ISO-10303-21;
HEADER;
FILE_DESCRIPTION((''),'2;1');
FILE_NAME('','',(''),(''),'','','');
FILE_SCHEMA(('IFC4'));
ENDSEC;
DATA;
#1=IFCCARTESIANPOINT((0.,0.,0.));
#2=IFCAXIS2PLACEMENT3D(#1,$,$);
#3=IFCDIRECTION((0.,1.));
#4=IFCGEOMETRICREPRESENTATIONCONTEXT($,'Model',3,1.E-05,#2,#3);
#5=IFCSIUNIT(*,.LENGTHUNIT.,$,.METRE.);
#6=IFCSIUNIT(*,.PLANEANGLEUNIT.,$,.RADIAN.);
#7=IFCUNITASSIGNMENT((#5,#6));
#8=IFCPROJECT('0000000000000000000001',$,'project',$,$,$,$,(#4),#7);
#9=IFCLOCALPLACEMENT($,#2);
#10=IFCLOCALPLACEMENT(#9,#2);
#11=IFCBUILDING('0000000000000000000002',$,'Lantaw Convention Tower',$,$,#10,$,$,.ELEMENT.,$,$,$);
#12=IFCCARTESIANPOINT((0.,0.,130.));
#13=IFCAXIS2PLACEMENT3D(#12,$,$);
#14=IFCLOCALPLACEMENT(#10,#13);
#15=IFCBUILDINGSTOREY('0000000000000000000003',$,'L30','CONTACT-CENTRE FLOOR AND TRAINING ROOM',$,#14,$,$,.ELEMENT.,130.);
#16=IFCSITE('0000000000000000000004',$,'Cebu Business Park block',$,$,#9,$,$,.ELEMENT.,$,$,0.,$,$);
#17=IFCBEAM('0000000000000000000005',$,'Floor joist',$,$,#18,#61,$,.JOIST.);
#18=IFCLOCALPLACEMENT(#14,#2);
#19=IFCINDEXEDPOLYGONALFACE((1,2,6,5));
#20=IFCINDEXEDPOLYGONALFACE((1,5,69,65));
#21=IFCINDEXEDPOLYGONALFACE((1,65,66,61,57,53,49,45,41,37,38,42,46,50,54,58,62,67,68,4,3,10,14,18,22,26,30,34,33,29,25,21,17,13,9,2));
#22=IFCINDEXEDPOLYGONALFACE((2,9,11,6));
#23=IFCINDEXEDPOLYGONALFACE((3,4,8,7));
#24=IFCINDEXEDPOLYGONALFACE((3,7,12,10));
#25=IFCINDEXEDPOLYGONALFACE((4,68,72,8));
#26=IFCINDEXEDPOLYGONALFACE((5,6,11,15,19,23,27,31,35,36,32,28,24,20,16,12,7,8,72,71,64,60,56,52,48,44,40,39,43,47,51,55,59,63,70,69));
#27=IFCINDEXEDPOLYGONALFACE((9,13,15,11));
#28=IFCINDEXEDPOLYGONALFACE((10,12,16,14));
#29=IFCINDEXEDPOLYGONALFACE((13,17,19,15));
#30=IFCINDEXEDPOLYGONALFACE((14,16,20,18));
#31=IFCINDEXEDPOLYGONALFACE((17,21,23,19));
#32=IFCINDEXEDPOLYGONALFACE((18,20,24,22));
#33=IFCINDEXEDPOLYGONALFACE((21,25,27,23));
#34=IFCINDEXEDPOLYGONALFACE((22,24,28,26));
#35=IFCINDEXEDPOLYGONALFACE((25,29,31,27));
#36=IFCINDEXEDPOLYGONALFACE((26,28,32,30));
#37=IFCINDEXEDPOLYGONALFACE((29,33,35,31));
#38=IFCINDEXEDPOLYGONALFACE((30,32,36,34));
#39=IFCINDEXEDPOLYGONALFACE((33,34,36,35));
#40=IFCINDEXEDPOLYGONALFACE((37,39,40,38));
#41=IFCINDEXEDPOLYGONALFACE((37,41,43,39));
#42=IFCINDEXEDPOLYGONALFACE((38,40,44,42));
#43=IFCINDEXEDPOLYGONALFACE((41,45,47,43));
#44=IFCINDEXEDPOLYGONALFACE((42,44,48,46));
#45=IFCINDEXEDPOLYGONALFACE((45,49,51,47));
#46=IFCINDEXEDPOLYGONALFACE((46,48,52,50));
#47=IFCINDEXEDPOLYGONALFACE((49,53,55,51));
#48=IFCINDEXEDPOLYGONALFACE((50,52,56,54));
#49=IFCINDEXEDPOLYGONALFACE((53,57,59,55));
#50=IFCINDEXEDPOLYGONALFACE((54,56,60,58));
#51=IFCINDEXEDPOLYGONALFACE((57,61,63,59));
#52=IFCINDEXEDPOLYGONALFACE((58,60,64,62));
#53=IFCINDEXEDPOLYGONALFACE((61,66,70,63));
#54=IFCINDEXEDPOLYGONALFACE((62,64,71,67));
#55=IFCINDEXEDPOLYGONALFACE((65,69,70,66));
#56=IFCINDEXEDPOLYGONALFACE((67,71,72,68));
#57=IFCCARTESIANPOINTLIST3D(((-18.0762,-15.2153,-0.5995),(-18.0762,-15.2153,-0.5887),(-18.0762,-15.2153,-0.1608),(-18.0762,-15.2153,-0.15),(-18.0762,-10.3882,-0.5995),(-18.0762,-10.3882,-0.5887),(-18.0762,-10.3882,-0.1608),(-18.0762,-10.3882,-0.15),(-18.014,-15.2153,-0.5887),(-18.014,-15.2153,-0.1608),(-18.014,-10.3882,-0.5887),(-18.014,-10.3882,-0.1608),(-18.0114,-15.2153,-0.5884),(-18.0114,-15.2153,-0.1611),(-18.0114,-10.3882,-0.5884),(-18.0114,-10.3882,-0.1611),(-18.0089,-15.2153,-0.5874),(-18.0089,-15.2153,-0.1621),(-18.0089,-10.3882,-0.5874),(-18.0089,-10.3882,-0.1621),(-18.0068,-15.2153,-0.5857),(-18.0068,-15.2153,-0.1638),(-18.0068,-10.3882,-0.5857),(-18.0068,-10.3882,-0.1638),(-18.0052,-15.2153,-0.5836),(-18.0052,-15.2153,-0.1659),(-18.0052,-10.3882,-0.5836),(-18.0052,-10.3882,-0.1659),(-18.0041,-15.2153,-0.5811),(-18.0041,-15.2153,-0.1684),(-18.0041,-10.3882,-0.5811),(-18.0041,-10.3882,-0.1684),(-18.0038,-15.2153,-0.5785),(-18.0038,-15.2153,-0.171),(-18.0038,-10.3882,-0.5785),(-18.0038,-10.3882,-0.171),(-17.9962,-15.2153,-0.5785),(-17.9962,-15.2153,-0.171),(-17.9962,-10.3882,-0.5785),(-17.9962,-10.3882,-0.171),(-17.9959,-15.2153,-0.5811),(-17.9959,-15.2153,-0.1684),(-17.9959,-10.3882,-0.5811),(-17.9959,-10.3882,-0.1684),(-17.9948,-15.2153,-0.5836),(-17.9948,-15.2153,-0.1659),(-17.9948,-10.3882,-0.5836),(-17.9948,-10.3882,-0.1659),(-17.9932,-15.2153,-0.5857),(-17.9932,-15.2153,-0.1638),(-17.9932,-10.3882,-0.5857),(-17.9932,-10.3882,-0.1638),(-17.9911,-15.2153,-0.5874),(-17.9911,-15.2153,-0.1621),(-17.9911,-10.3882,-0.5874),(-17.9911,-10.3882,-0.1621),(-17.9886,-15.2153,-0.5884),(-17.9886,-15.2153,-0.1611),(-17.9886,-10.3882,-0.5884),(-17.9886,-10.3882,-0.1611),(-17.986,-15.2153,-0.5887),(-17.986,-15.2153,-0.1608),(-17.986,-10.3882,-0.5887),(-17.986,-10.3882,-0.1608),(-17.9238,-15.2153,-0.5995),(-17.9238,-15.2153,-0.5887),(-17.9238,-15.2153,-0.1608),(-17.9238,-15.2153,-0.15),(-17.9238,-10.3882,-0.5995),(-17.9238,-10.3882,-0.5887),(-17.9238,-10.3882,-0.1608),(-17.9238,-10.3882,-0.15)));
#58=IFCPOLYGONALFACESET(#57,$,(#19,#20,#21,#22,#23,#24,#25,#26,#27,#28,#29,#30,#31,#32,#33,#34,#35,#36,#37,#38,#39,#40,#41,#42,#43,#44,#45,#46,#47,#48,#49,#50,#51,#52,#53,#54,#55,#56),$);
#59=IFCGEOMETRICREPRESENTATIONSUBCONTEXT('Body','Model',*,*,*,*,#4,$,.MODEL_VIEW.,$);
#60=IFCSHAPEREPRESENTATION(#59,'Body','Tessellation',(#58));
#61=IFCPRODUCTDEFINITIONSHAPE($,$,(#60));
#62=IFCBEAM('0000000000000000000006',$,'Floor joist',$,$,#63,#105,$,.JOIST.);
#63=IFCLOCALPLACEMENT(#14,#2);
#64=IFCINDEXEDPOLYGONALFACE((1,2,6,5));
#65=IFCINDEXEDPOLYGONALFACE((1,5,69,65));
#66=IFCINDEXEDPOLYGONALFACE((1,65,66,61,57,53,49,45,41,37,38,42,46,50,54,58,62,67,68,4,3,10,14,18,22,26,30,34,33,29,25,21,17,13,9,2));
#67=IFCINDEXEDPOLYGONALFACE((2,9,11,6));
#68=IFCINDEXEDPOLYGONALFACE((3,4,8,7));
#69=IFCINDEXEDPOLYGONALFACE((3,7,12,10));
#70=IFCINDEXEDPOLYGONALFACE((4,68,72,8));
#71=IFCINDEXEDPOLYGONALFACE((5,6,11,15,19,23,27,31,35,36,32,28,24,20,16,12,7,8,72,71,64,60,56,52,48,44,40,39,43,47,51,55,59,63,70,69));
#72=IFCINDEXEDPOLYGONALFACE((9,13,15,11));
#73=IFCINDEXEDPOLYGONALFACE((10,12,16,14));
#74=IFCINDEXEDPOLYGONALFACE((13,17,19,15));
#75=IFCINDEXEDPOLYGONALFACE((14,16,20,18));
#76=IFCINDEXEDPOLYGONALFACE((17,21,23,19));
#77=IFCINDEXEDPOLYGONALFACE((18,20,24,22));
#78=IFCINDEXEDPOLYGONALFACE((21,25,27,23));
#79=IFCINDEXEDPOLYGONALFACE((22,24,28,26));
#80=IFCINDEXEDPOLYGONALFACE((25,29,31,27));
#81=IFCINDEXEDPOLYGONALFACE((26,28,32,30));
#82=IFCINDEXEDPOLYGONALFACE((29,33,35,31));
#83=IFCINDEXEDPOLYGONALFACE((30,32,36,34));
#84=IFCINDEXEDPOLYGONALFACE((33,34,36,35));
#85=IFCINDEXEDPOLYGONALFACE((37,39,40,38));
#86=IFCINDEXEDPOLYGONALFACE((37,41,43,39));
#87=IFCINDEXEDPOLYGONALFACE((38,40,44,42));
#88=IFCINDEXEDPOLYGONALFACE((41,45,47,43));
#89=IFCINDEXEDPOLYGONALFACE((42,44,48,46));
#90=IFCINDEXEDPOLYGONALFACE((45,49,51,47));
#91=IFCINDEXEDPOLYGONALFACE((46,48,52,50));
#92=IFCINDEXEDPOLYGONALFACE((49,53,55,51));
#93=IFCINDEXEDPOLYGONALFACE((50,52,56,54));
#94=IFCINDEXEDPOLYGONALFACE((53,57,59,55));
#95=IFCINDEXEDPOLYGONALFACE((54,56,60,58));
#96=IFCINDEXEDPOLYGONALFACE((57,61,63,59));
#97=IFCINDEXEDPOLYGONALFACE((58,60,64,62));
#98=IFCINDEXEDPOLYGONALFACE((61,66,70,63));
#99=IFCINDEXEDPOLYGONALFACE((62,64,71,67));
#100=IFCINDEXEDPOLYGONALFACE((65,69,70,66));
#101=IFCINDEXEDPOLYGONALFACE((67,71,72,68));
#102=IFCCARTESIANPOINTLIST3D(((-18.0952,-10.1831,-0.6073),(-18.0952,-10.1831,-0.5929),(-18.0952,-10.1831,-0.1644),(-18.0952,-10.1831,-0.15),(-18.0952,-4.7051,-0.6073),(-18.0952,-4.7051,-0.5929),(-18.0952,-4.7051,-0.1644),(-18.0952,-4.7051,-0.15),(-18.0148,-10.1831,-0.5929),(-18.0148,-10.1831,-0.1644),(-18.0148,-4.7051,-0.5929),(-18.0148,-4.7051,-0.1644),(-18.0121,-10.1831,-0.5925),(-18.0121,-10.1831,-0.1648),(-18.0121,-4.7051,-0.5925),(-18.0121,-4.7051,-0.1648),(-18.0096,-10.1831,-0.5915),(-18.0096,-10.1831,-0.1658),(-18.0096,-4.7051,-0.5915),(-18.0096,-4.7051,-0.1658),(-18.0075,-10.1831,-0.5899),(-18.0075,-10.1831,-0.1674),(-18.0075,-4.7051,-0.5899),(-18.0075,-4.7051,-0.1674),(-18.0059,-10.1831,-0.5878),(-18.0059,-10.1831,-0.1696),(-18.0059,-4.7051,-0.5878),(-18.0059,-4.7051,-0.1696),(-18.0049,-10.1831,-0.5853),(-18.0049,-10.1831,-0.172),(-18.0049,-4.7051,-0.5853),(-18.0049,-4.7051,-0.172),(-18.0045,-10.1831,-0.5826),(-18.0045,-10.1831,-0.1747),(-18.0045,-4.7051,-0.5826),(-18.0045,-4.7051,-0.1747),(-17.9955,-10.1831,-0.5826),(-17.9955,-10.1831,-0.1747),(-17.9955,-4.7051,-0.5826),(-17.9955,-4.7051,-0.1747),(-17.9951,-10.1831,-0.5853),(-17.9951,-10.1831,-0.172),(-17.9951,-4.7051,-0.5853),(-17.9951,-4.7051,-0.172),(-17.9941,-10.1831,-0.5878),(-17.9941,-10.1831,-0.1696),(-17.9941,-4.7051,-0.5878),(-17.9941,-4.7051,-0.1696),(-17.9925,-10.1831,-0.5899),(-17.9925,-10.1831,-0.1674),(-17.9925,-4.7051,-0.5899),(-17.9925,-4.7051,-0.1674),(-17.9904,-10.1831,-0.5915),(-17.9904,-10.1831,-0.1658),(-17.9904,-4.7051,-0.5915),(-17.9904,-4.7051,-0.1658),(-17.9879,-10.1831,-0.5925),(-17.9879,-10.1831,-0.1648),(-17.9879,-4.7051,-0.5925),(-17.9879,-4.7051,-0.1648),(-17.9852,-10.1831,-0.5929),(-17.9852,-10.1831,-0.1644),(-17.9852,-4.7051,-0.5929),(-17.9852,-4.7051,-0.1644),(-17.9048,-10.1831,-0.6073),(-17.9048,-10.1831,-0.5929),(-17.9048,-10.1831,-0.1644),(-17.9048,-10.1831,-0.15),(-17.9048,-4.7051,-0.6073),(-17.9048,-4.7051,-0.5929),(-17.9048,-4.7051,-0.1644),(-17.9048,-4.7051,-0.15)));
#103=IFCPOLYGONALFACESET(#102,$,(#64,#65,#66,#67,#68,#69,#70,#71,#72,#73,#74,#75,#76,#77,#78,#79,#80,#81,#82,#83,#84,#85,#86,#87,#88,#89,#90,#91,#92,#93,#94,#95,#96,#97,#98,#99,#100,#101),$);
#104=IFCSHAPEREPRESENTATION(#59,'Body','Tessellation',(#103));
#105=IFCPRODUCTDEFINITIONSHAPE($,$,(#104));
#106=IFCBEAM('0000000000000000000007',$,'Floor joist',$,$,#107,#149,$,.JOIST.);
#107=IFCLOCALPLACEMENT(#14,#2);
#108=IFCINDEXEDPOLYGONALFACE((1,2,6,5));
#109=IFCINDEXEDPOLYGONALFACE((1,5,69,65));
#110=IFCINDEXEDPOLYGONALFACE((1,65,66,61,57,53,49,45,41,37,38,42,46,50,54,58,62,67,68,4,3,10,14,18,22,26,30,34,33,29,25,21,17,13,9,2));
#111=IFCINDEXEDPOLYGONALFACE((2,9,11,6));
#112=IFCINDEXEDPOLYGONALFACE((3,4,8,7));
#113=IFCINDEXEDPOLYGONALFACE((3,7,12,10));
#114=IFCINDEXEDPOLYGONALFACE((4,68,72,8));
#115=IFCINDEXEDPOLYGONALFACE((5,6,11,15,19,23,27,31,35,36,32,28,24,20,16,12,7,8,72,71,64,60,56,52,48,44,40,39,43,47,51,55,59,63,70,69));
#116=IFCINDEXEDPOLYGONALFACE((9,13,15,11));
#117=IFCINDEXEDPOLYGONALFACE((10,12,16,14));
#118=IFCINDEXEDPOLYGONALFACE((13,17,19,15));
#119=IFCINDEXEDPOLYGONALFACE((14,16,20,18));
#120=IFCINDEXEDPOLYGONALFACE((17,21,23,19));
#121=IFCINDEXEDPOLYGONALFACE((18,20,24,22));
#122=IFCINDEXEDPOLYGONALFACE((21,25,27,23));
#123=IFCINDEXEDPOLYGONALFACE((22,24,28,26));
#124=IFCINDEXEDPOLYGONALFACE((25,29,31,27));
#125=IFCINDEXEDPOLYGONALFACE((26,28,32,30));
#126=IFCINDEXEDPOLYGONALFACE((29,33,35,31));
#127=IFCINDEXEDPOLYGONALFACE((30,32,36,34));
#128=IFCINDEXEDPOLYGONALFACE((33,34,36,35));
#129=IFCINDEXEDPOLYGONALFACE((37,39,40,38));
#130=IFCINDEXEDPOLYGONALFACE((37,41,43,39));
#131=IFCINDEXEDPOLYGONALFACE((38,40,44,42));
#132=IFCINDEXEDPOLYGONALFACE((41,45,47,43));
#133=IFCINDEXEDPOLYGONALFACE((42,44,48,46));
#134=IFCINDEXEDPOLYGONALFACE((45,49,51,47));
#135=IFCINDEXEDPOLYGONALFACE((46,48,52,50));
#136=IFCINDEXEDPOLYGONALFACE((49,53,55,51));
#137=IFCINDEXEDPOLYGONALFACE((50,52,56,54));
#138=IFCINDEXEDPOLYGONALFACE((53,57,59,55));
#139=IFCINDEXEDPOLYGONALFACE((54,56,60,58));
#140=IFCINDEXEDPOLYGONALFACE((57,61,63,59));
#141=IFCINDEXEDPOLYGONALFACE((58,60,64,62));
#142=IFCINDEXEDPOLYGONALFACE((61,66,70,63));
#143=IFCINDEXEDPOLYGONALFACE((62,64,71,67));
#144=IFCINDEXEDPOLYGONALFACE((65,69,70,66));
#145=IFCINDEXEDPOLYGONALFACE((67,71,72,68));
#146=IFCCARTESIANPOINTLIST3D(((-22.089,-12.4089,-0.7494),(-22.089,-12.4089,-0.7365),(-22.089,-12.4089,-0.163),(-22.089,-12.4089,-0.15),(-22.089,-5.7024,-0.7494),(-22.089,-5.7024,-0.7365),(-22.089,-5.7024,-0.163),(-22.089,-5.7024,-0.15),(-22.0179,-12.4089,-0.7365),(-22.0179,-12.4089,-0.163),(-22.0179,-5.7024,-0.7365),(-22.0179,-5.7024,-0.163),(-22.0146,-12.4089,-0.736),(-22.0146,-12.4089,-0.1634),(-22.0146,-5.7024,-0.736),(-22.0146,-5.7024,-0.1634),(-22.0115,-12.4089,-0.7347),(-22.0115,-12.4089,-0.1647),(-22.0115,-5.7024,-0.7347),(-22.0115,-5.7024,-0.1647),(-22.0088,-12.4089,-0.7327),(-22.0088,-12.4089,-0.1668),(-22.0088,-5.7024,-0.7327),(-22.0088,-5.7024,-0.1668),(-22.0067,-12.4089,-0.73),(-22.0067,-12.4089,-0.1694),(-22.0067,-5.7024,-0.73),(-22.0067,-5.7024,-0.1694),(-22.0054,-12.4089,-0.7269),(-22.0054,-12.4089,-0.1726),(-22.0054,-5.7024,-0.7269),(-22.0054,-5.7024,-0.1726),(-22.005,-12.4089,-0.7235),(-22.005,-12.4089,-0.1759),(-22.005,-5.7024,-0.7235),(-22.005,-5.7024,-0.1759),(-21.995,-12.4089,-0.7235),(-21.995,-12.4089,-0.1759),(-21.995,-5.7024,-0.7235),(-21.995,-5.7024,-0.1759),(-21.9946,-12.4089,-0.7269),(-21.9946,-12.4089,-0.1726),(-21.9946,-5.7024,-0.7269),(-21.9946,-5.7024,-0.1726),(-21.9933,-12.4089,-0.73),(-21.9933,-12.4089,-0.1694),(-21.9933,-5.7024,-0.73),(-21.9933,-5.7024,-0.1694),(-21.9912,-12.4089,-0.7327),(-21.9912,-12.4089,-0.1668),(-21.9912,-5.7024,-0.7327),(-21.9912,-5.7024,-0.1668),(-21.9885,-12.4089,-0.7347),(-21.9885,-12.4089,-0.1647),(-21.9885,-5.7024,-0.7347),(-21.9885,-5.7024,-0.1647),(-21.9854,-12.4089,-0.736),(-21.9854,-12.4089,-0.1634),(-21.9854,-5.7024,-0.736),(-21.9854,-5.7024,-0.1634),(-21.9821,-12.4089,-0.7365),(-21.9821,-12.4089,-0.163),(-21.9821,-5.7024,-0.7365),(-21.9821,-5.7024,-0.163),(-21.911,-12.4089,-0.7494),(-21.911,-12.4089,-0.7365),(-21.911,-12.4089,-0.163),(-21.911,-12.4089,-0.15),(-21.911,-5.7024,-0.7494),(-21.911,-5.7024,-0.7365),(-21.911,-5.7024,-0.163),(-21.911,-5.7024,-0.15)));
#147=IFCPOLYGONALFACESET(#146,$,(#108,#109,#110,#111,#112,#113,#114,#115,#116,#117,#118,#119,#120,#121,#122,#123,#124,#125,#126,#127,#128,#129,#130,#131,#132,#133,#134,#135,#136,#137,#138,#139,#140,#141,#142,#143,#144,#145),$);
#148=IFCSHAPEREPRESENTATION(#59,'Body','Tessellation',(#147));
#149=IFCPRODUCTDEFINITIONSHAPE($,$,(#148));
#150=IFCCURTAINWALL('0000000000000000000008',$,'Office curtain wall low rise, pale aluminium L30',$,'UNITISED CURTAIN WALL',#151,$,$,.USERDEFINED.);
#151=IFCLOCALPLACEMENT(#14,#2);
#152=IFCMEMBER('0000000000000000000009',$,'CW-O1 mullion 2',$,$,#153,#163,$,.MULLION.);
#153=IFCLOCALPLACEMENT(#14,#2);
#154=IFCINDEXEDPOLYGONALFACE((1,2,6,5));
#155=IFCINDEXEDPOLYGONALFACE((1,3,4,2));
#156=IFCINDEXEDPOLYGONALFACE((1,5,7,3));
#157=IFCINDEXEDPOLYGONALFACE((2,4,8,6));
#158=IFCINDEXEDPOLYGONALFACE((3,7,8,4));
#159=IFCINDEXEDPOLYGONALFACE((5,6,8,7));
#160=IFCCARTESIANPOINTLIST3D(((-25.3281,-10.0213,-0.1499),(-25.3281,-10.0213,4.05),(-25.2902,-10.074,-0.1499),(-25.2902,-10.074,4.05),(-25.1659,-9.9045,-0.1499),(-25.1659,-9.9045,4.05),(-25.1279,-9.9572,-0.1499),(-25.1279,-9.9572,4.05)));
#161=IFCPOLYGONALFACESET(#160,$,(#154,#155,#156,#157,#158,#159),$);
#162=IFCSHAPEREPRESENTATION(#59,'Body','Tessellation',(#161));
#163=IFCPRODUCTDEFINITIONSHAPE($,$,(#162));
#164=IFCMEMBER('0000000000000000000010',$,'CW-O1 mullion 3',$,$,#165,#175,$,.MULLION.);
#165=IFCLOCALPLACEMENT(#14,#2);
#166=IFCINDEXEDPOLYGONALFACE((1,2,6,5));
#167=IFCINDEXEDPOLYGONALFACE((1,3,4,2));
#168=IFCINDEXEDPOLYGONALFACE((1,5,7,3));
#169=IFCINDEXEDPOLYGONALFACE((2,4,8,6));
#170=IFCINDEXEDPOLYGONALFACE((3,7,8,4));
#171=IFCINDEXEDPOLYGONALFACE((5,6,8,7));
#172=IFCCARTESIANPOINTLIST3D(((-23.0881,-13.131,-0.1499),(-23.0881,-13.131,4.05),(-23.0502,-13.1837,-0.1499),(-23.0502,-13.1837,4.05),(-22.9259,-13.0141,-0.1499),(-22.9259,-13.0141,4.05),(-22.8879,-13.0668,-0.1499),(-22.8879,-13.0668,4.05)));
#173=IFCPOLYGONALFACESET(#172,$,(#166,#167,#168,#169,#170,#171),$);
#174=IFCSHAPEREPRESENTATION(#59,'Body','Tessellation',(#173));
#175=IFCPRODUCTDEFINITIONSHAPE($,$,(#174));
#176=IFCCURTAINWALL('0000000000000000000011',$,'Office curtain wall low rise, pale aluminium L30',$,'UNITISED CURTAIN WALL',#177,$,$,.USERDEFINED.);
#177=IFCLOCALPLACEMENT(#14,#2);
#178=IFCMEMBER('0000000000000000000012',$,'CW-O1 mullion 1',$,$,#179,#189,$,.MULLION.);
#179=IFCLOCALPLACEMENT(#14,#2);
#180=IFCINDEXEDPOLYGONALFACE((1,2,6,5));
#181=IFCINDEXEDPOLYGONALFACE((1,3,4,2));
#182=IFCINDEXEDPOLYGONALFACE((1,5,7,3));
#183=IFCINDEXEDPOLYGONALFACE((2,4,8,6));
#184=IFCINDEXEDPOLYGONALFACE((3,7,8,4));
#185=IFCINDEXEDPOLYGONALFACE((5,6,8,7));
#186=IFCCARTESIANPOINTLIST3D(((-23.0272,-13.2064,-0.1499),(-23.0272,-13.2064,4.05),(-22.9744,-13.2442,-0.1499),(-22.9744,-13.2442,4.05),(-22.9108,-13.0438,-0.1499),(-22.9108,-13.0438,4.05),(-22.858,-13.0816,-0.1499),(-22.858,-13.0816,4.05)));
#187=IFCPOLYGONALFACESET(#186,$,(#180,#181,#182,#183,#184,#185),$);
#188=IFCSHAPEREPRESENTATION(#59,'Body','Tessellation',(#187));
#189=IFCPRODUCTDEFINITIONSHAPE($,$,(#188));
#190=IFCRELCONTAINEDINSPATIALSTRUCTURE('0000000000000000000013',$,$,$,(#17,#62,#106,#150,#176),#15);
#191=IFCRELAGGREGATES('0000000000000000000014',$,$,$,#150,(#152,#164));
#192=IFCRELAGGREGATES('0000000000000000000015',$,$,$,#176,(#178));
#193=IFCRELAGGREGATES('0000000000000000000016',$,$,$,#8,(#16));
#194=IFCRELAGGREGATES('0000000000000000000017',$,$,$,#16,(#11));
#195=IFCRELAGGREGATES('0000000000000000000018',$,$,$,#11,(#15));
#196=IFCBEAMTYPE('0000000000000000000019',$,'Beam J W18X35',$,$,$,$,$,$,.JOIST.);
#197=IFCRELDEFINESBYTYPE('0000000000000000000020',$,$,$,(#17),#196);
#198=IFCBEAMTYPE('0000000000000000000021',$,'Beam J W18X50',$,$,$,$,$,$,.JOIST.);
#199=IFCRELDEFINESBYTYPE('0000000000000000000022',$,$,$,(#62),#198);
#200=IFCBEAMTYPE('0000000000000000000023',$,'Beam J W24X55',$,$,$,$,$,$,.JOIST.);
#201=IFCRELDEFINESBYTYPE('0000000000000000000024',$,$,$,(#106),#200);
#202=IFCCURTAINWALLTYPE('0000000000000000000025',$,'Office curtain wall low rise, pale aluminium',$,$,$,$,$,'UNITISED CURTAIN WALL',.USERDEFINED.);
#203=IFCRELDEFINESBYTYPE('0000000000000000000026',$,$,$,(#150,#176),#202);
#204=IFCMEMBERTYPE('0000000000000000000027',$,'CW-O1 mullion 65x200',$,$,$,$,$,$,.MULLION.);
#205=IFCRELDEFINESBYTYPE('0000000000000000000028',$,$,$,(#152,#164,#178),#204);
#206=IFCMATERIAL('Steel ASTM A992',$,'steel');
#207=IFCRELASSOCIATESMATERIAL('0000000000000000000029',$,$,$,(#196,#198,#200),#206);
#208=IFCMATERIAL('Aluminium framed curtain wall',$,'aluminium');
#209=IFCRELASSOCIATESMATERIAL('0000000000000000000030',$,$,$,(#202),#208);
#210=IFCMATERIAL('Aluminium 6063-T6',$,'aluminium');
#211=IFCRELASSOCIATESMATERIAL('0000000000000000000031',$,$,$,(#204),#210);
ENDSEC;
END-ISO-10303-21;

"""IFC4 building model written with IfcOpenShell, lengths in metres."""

from ifc_helpers import new_model, si_unit, direction, frame, origin, origin_2d, place, context, subcontext, project, spatial, rectangle, i_section, extrude, material, material_profile, profile_set, type_object, element, aggregate, save


model = new_model("IFC4")

# Units and contexts
model_context = context("Model", 3, precision=1e-05, world=origin(), true_north=direction((0.0, 1.0)))
body_context = subcontext(model_context, "Body", "Model", "MODEL_VIEW")
ifc_project = project(units=[si_unit("LENGTHUNIT", "METRE"), si_unit("PLANEANGLEUNIT", "RADIAN")], contexts=[model_context])

# Site, building, storey
site_placement = place(None, origin())
site = spatial("IfcSite", under=ifc_project, at=site_placement, Name="Cebu Business Park block", CompositionType="ELEMENT", RefElevation=0.0)
building_placement = place(site_placement, origin())
building = spatial("IfcBuilding", under=site, at=building_placement, Name="Lantaw Convention Tower", CompositionType="ELEMENT")
storey_placement = place(building_placement, frame((0.0, 0.0, 130.0)))
storey = spatial("IfcBuildingStorey", under=building, at=storey_placement, Name="L30", Description="CONTACT-CENTRE FLOOR AND TRAINING ROOM", CompositionType="ELEMENT", Elevation=130.0)

# Beams
ifc_material_1 = material(Name="Steel ASTM A992", Category="steel")
ifc_material_profile_1 = material_profile(ifc_material_1, i_section(OverallWidth=0.1523, OverallDepth=0.4495, WebThickness=0.0076, FlangeThickness=0.0107, FilletRadius=0.0103, at=origin_2d()), Name="W18X35")
ifc_profile_set_1 = profile_set([ifc_material_profile_1], Name="Steel ASTM A992")
beam_type_1 = type_object("IfcBeamType", Name="Beam J W18X35", PredefinedType="JOIST", material=ifc_profile_set_1)
beam_1_placement = place(storey_placement, frame((-18.0, -15.2153, -0.3748), z_axis=(0.0, 1.0, 0.0), x_axis=(-1.0, 0.0, 0.0)))
element("IfcBeam", 1, at=beam_1_placement, inside=storey, type_object=beam_type_1, Name="Floor joist", PredefinedType="JOIST", context=body_context, shape_type="SweptSolid", body=[
    extrude(i_section(OverallWidth=0.1523, OverallDepth=0.4495, WebThickness=0.0076, FlangeThickness=0.0107, FilletRadius=0.0103, at=origin_2d()), origin(), (0.0, 0.0, 1.0), 4.8271),
])
ifc_material_profile_2 = material_profile(ifc_material_1, i_section(OverallWidth=0.1904, OverallDepth=0.4573, WebThickness=0.009, FlangeThickness=0.0144, FilletRadius=0.0103, at=origin_2d()), Name="W18X50")
ifc_profile_set_2 = profile_set([ifc_material_profile_2], Name="Steel ASTM A992")
beam_type_2 = type_object("IfcBeamType", Name="Beam J W18X50", PredefinedType="JOIST", material=ifc_profile_set_2)
beam_2_placement = place(storey_placement, frame((-18.0, -10.1831, -0.3787), z_axis=(0.0, 1.0, 0.0), x_axis=(-1.0, 0.0, 0.0)))
element("IfcBeam", 2, at=beam_2_placement, inside=storey, type_object=beam_type_2, Name="Floor joist", PredefinedType="JOIST", context=body_context, shape_type="SweptSolid", body=[
    extrude(i_section(OverallWidth=0.1904, OverallDepth=0.4573, WebThickness=0.009, FlangeThickness=0.0144, FilletRadius=0.0103, at=origin_2d()), origin(), (0.0, 0.0, 1.0), 5.478),
])
ifc_material_profile_3 = material_profile(ifc_material_1, i_section(OverallWidth=0.178, OverallDepth=0.5994, WebThickness=0.01, FlangeThickness=0.0129, FilletRadius=0.0129, at=origin_2d()), Name="W24X55")
ifc_profile_set_3 = profile_set([ifc_material_profile_3], Name="Steel ASTM A992")
beam_type_3 = type_object("IfcBeamType", Name="Beam J W24X55", PredefinedType="JOIST", material=ifc_profile_set_3)
beam_3_placement = place(storey_placement, frame((-22.0, -12.4089, -0.4497), z_axis=(0.0, 1.0, 0.0), x_axis=(-1.0, 0.0, 0.0)))
element("IfcBeam", 3, at=beam_3_placement, inside=storey, type_object=beam_type_3, Name="Floor joist", PredefinedType="JOIST", context=body_context, shape_type="SweptSolid", body=[
    extrude(i_section(OverallWidth=0.178, OverallDepth=0.5994, WebThickness=0.01, FlangeThickness=0.0129, FilletRadius=0.0129, at=origin_2d()), origin(), (0.0, 0.0, 1.0), 6.7065),
])

# Curtain walls, members
ifc_material_2 = material(Name="Aluminium framed curtain wall", Category="aluminium")
curtain_wall_type = type_object("IfcCurtainWallType", Name="Office curtain wall low rise, pale aluminium", ElementType="UNITISED CURTAIN WALL", PredefinedType="USERDEFINED", material=ifc_material_2)
curtain_wall_1_placement = place(storey_placement, origin())
curtain_wall_1 = element("IfcCurtainWall", 4, at=curtain_wall_1_placement, inside=storey, type_object=curtain_wall_type, Name="Office curtain wall low rise, pale aluminium L30", ObjectType="UNITISED CURTAIN WALL", PredefinedType="USERDEFINED")
ifc_material_3 = material(Name="Aluminium 6063-T6", Category="aluminium")
ifc_material_profile_4 = material_profile(ifc_material_3, rectangle(XDim=0.2, YDim=0.0649, at=origin_2d()), Name="CW-O1 mullion 65x200")
ifc_profile_set_4 = profile_set([ifc_material_profile_4], Name="Aluminium 6063-T6")
member_type_1 = type_object("IfcMemberType", Name="CW-O1 mullion 65x200", PredefinedType="MULLION", material=ifc_profile_set_4)
member_1_placement = place(storey_placement, frame((-25.228, -9.9893, -0.1499), z_axis=(0.0, 0.0, 1.0), x_axis=(0.811385, 0.584513, 0.0)))
member_1 = element("IfcMember", 5, at=member_1_placement, type_object=member_type_1, Name="CW-O1 mullion 2", PredefinedType="MULLION", context=body_context, shape_type="SweptSolid", body=[
    extrude(rectangle(XDim=0.2, YDim=0.0649, at=origin_2d()), origin(), (0.0, 0.0, 1.0), 4.2),
])
member_2_placement = place(storey_placement, frame((-22.988, -13.0989, -0.1499), z_axis=(0.0, 0.0, 1.0), x_axis=(0.811385, 0.584513, 0.0)))
member_2 = element("IfcMember", 6, at=member_2_placement, type_object=member_type_1, Name="CW-O1 mullion 3", PredefinedType="MULLION", context=body_context, shape_type="SweptSolid", body=[
    extrude(rectangle(XDim=0.2, YDim=0.0649, at=origin_2d()), origin(), (0.0, 0.0, 1.0), 4.2),
])
curtain_wall_2_placement = place(storey_placement, origin())
curtain_wall_2 = element("IfcCurtainWall", 7, at=curtain_wall_2_placement, inside=storey, type_object=curtain_wall_type, Name="Office curtain wall low rise, pale aluminium L30", ObjectType="UNITISED CURTAIN WALL", PredefinedType="USERDEFINED")
member_3_placement = place(storey_placement, frame((-22.9426, -13.144, -0.1499), z_axis=(0.0, 0.0, 1.0), x_axis=(0.581973, 0.813208, 0.0)))
member_3 = element("IfcMember", 8, at=member_3_placement, type_object=member_type_1, Name="CW-O1 mullion 1", PredefinedType="MULLION", context=body_context, shape_type="SweptSolid", body=[
    extrude(rectangle(XDim=0.2, YDim=0.0649, at=origin_2d()), origin(), (0.0, 0.0, 1.0), 4.2),
])

aggregate(curtain_wall_1, [member_1, member_2])
aggregate(curtain_wall_2, [member_3])

save(model, "model.ifc")
